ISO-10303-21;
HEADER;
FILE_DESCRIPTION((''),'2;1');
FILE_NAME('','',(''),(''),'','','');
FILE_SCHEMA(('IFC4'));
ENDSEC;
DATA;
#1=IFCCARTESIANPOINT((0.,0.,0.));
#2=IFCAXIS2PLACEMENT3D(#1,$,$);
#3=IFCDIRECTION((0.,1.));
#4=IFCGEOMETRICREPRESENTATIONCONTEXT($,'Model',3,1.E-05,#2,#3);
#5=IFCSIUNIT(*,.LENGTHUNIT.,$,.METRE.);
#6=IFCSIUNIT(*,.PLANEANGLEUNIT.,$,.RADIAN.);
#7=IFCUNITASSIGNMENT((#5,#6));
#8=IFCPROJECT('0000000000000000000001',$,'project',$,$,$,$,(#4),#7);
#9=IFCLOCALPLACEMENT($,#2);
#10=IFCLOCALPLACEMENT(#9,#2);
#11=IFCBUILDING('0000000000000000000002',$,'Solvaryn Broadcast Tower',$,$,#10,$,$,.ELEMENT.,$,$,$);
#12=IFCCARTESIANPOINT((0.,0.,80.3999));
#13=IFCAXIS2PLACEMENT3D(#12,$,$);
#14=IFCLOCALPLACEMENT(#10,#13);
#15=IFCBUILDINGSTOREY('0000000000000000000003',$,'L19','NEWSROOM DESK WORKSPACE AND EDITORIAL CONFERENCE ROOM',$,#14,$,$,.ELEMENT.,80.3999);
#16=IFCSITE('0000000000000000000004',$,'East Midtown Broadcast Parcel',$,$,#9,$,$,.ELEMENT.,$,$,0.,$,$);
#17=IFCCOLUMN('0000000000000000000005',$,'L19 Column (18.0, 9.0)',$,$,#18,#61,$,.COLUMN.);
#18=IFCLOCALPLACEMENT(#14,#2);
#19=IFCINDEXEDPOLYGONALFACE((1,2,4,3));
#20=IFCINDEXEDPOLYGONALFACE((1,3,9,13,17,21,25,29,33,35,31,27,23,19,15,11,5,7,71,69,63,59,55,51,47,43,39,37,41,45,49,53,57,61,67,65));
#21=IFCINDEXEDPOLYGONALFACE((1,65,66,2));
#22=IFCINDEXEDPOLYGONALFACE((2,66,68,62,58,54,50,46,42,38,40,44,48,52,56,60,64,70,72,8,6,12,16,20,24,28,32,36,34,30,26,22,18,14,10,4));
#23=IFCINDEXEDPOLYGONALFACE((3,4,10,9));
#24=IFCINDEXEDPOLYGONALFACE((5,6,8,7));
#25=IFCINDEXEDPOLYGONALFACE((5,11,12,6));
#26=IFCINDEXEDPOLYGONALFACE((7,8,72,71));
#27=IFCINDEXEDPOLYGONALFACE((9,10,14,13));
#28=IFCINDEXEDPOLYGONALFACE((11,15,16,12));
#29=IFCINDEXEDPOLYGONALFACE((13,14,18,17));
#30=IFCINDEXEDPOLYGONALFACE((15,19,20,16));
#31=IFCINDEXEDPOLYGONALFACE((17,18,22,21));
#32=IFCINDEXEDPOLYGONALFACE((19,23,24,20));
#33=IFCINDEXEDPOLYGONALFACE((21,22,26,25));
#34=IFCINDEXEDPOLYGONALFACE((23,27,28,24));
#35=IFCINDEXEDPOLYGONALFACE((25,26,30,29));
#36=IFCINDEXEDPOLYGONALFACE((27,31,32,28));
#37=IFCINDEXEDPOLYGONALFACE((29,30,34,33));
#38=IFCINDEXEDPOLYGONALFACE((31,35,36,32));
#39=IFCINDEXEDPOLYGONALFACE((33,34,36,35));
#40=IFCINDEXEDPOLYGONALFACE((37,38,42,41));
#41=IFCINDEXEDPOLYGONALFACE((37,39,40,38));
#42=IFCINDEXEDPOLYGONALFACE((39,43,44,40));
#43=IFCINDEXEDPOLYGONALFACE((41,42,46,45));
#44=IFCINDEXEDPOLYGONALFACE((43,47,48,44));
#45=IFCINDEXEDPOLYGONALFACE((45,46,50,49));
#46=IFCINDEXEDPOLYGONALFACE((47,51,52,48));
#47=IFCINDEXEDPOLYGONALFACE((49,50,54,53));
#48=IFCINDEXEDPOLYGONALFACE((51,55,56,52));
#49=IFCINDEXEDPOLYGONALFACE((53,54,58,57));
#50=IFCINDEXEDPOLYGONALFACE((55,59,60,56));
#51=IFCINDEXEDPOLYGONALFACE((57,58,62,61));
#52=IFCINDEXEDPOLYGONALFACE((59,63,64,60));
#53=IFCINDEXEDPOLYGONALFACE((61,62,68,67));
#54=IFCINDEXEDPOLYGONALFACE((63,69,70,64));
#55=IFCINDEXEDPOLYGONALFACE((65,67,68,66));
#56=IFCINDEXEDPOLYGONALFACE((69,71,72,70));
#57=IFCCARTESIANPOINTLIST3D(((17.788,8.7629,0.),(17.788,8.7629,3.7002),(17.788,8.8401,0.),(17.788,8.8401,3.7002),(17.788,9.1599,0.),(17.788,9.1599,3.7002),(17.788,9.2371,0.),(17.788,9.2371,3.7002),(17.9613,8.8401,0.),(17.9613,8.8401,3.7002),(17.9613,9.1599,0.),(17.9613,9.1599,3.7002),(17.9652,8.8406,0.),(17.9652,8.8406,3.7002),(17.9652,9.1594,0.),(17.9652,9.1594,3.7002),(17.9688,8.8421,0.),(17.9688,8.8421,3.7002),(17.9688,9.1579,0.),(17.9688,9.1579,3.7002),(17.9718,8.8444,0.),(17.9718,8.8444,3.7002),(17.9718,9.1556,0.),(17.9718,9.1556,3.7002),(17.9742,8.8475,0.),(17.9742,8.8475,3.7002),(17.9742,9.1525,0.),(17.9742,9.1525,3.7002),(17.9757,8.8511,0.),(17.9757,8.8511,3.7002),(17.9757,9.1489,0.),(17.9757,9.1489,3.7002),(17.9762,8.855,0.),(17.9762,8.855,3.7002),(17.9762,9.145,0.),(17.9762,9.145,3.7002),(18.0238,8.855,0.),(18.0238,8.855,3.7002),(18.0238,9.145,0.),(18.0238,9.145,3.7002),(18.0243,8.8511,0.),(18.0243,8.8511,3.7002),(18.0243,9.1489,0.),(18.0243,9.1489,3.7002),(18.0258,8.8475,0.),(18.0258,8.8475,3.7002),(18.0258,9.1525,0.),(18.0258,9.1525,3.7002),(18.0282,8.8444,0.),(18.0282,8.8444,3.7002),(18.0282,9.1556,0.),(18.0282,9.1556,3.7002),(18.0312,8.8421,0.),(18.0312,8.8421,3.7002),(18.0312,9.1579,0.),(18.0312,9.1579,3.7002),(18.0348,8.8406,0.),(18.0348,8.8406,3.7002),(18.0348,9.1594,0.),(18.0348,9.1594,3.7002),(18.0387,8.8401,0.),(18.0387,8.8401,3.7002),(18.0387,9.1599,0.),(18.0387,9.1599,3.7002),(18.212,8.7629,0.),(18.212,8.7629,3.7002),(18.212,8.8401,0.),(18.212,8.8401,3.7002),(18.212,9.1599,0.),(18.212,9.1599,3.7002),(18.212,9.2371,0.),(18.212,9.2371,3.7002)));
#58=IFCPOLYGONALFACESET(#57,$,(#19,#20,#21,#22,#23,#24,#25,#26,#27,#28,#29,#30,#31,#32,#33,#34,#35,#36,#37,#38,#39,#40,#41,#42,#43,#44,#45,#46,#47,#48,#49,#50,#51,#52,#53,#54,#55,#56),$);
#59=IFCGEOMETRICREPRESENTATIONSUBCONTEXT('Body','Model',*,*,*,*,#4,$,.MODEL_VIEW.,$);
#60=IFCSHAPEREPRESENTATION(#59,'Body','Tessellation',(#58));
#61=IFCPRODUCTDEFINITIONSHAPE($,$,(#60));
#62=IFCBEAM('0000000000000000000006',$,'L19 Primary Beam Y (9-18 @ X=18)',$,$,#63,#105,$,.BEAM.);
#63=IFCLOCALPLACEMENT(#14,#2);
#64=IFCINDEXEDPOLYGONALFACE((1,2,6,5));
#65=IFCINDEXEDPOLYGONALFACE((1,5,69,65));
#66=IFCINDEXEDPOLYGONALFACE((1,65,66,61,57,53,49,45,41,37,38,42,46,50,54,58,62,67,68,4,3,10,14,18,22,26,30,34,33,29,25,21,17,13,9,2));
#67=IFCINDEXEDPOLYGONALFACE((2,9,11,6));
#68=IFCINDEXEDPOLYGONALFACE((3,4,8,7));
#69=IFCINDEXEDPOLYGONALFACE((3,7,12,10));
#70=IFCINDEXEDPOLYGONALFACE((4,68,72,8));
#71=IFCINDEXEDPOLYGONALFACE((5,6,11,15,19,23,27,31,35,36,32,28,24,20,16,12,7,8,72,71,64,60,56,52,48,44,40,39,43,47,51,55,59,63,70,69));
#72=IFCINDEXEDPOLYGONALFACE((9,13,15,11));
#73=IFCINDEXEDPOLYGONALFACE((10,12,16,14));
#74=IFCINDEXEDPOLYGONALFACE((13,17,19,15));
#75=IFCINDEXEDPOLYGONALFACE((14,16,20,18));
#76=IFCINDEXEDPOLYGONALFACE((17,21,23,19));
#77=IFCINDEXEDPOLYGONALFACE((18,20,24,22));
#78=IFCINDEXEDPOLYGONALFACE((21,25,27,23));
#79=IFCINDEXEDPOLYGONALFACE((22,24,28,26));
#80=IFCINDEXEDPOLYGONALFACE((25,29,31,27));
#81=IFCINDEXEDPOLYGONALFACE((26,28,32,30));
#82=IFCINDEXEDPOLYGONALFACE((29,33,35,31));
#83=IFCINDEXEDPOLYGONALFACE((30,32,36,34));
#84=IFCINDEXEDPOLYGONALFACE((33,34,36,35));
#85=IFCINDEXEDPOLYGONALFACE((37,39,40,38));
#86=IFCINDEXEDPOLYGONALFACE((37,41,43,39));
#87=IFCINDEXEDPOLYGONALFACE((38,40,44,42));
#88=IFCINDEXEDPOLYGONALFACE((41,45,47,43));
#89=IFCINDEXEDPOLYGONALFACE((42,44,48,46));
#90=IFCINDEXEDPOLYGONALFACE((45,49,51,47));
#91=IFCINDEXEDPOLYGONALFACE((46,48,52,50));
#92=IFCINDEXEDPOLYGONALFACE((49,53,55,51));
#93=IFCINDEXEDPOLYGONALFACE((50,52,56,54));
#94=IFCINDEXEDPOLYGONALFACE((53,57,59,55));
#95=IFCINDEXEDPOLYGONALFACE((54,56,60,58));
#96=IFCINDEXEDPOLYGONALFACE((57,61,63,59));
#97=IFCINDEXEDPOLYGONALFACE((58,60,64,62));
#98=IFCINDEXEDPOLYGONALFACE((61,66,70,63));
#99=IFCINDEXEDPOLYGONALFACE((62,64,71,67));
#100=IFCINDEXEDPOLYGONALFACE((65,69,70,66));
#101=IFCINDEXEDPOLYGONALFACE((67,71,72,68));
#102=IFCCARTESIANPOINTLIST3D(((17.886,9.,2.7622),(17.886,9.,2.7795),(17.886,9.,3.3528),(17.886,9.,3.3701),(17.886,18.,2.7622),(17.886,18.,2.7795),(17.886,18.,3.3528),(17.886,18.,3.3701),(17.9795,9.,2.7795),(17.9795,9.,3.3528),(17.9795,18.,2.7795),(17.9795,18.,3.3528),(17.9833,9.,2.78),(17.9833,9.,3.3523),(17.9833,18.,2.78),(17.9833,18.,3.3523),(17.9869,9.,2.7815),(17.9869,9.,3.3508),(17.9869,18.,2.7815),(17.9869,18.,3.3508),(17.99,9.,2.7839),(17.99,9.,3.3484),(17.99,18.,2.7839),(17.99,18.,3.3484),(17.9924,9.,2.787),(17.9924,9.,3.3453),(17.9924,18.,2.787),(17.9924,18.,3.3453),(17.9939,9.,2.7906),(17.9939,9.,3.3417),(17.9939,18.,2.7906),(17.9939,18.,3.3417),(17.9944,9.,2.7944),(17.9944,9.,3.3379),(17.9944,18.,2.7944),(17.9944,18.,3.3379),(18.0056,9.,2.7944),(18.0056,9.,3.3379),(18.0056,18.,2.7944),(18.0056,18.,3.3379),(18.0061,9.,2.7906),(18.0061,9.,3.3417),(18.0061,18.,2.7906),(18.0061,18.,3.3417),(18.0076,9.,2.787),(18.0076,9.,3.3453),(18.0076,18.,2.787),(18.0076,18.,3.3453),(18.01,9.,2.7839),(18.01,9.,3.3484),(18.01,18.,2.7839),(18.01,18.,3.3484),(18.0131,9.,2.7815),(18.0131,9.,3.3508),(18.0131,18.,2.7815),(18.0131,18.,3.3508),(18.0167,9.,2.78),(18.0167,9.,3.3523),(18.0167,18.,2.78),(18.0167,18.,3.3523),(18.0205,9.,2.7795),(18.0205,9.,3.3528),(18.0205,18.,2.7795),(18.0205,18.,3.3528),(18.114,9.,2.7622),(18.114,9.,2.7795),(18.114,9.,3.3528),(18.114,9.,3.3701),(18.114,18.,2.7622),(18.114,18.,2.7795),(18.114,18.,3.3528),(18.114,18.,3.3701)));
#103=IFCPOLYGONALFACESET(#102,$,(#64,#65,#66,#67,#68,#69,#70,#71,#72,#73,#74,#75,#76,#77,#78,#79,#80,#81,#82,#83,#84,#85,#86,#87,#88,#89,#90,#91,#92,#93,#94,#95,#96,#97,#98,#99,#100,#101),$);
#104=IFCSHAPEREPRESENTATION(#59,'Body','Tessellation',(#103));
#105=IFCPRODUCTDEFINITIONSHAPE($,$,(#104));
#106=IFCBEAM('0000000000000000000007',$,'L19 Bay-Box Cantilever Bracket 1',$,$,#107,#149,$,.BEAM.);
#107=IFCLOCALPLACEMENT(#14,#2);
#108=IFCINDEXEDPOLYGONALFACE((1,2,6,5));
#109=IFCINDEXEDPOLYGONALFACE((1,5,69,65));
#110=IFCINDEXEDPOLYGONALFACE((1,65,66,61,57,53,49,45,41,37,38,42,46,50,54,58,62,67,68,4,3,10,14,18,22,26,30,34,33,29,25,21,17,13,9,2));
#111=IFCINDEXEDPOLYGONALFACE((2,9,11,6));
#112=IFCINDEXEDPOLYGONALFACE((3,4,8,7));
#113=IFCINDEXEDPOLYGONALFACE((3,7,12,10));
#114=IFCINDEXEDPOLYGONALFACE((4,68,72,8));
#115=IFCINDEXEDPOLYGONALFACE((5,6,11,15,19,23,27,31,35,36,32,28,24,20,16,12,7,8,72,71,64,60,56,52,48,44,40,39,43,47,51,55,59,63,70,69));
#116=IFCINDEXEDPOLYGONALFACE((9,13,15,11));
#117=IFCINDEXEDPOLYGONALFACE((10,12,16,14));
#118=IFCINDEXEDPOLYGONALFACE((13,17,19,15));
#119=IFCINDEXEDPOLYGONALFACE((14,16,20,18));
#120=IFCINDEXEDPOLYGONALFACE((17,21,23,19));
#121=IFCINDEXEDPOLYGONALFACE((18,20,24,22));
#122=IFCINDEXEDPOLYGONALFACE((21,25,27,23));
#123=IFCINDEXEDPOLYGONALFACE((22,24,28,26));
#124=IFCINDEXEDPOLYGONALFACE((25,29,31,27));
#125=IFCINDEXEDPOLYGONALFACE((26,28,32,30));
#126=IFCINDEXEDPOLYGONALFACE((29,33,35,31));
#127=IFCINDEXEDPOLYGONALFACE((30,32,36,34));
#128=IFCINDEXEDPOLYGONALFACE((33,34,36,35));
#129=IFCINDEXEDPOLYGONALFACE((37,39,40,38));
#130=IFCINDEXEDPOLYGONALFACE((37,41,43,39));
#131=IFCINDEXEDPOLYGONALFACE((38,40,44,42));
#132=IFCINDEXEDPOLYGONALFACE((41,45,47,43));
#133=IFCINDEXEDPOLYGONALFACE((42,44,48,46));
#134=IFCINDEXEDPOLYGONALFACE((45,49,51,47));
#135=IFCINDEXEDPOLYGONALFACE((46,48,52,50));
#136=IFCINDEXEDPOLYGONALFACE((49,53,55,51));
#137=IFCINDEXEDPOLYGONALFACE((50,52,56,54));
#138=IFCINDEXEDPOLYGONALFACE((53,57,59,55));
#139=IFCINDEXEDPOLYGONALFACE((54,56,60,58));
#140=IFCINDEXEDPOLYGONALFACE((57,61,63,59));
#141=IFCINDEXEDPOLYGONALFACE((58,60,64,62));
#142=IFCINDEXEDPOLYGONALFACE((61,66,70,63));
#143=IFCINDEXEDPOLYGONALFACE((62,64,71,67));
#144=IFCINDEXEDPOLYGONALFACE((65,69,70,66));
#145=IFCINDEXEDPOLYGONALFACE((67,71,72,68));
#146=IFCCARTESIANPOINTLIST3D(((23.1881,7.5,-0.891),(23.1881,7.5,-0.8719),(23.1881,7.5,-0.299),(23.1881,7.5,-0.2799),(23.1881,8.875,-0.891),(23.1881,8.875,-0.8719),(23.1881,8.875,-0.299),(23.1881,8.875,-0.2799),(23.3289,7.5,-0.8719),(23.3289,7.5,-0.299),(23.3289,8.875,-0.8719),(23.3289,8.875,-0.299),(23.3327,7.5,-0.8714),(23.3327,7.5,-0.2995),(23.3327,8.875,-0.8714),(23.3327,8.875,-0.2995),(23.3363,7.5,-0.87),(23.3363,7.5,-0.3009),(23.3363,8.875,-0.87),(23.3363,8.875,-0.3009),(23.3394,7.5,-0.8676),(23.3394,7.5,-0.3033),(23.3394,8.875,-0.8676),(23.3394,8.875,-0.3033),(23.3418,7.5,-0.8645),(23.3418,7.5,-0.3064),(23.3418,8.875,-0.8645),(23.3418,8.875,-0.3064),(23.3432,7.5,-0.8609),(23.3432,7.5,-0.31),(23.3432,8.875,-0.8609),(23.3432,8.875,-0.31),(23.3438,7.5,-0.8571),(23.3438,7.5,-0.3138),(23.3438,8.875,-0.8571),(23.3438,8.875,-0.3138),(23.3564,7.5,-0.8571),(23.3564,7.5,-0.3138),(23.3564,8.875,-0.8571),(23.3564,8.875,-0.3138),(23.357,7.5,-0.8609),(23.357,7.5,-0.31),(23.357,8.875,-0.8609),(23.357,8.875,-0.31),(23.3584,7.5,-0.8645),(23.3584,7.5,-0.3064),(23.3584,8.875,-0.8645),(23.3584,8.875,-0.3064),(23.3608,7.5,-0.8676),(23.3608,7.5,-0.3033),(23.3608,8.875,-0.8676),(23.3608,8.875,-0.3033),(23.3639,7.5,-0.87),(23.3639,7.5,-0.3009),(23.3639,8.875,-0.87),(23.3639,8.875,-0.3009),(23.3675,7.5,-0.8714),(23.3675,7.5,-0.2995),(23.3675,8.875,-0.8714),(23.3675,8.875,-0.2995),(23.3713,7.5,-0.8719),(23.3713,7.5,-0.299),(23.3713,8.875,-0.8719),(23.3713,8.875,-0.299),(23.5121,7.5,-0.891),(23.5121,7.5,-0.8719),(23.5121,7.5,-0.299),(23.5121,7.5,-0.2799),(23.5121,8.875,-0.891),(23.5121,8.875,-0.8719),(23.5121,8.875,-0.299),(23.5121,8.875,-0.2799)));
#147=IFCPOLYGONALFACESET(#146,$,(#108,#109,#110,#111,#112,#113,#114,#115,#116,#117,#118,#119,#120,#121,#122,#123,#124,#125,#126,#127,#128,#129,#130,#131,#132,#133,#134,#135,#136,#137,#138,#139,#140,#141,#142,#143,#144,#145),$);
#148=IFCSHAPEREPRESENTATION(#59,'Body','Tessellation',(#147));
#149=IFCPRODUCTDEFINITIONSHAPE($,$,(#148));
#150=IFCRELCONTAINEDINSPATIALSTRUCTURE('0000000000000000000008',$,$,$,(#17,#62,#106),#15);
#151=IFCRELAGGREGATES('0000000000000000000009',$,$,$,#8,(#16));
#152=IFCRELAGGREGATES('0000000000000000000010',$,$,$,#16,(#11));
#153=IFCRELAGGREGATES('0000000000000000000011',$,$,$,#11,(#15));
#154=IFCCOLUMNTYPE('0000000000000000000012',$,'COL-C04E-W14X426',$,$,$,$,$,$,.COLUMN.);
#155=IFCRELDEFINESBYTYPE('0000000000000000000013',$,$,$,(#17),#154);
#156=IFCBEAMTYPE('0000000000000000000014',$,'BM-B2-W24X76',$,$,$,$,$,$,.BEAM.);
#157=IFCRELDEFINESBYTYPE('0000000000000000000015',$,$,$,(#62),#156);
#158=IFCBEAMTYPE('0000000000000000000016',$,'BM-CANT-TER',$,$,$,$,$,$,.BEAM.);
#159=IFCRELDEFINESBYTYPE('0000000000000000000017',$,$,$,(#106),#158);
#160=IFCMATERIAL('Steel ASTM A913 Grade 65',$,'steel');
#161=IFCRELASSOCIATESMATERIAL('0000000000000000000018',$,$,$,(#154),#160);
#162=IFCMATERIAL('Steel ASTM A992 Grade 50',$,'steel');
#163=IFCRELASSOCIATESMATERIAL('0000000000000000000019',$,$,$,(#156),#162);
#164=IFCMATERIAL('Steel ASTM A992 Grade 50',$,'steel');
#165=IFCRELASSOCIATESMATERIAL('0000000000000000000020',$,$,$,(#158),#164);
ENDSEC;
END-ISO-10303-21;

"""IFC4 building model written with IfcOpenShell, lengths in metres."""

from ifc_helpers import new_model, si_unit, direction, frame, origin, origin_2d, place, context, subcontext, project, spatial, i_section, extrude, material, material_profile, profile_set, type_object, element, save


model = new_model("IFC4")

# Units and contexts
model_context = context("Model", 3, precision=1e-05, world=origin(), true_north=direction((0.0, 1.0)))
body_context = subcontext(model_context, "Body", "Model", "MODEL_VIEW")
ifc_project = project(units=[si_unit("LENGTHUNIT", "METRE"), si_unit("PLANEANGLEUNIT", "RADIAN")], contexts=[model_context])

# Site, building, storey
site_placement = place(None, origin())
site = spatial("IfcSite", under=ifc_project, at=site_placement, Name="East Midtown Broadcast Parcel", CompositionType="ELEMENT", RefElevation=0.0)
building_placement = place(site_placement, origin())
building = spatial("IfcBuilding", under=site, at=building_placement, Name="Solvaryn Broadcast Tower", CompositionType="ELEMENT")
storey_placement = place(building_placement, frame((0.0, 0.0, 80.3999)))
storey = spatial("IfcBuildingStorey", under=building, at=storey_placement, Name="L19", Description="NEWSROOM DESK WORKSPACE AND EDITORIAL CONFERENCE ROOM", CompositionType="ELEMENT", Elevation=80.3999)

# Column
ifc_material_1 = material(Name="Steel ASTM A913 Grade 65", Category="steel")
ifc_material_profile_1 = material_profile(ifc_material_1, i_section(OverallWidth=0.4241, OverallDepth=0.4741, WebThickness=0.0476, FlangeThickness=0.0771, FilletRadius=0.0149, at=origin_2d()))
ifc_profile_set_1 = profile_set([ifc_material_profile_1], Name="Steel ASTM A913 Grade 65")
column_type = type_object("IfcColumnType", Name="COL-C04E-W14X426", PredefinedType="COLUMN", material=ifc_profile_set_1)
column_placement = place(storey_placement, frame((18.0, 9.0, 0.0), z_axis=(0.0, 0.0, 1.0), x_axis=(1.0, 0.0, 0.0)))
element("IfcColumn", 1, at=column_placement, inside=storey, type_object=column_type, Name="L19 Column (18.0, 9.0)", PredefinedType="COLUMN", context=body_context, shape_type="SweptSolid", body=[
    extrude(i_section(OverallWidth=0.4241, OverallDepth=0.4741, WebThickness=0.0476, FlangeThickness=0.0771, FilletRadius=0.0149, at=origin_2d()), origin(), (0.0, 0.0, 1.0), 3.7002),
])

# Beams
ifc_material_2 = material(Name="Steel ASTM A992 Grade 50", Category="steel")
ifc_material_profile_2 = material_profile(ifc_material_2, i_section(OverallWidth=0.228, OverallDepth=0.6079, WebThickness=0.0112, FlangeThickness=0.0173, FilletRadius=0.0149, at=origin_2d()))
ifc_profile_set_2 = profile_set([ifc_material_profile_2], Name="Steel ASTM A992 Grade 50")
beam_type_1 = type_object("IfcBeamType", Name="BM-B2-W24X76", PredefinedType="BEAM", material=ifc_profile_set_2)
beam_1_placement = place(storey_placement, frame((18.0, 9.0, 3.0662), z_axis=(0.0, 1.0, 0.0), x_axis=(-1.0, 0.0, 0.0)))
element("IfcBeam", 2, at=beam_1_placement, inside=storey, type_object=beam_type_1, Name="L19 Primary Beam Y (9-18 @ X=18)", PredefinedType="BEAM", context=body_context, shape_type="SweptSolid", body=[
    extrude(i_section(OverallWidth=0.228, OverallDepth=0.6079, WebThickness=0.0112, FlangeThickness=0.0173, FilletRadius=0.0149, at=origin_2d()), origin(), (0.0, 0.0, 1.0), 9.0),
])
ifc_material_3 = material(Name="Steel ASTM A992 Grade 50", Category="steel")
ifc_material_profile_3 = material_profile(ifc_material_3, i_section(OverallWidth=0.324, OverallDepth=0.6111, WebThickness=0.0127, FlangeThickness=0.019, FilletRadius=0.0149, at=origin_2d()))
ifc_profile_set_3 = profile_set([ifc_material_profile_3], Name="Steel ASTM A992 Grade 50")
beam_type_2 = type_object("IfcBeamType", Name="BM-CANT-TER", PredefinedType="BEAM", material=ifc_profile_set_3)
beam_2_placement = place(storey_placement, frame((23.3501, 8.875, -0.5854), z_axis=(0.0, -1.0, 0.0), x_axis=(1.0, 0.0, 0.0)))
element("IfcBeam", 3, at=beam_2_placement, inside=storey, type_object=beam_type_2, Name="L19 Bay-Box Cantilever Bracket 1", PredefinedType="BEAM", context=body_context, shape_type="SweptSolid", body=[
    extrude(i_section(OverallWidth=0.324, OverallDepth=0.6111, WebThickness=0.0127, FlangeThickness=0.019, FilletRadius=0.0149, at=origin_2d()), origin(), (0.0, 0.0, 1.0), 1.375),
])

save(model, "model.ifc")
